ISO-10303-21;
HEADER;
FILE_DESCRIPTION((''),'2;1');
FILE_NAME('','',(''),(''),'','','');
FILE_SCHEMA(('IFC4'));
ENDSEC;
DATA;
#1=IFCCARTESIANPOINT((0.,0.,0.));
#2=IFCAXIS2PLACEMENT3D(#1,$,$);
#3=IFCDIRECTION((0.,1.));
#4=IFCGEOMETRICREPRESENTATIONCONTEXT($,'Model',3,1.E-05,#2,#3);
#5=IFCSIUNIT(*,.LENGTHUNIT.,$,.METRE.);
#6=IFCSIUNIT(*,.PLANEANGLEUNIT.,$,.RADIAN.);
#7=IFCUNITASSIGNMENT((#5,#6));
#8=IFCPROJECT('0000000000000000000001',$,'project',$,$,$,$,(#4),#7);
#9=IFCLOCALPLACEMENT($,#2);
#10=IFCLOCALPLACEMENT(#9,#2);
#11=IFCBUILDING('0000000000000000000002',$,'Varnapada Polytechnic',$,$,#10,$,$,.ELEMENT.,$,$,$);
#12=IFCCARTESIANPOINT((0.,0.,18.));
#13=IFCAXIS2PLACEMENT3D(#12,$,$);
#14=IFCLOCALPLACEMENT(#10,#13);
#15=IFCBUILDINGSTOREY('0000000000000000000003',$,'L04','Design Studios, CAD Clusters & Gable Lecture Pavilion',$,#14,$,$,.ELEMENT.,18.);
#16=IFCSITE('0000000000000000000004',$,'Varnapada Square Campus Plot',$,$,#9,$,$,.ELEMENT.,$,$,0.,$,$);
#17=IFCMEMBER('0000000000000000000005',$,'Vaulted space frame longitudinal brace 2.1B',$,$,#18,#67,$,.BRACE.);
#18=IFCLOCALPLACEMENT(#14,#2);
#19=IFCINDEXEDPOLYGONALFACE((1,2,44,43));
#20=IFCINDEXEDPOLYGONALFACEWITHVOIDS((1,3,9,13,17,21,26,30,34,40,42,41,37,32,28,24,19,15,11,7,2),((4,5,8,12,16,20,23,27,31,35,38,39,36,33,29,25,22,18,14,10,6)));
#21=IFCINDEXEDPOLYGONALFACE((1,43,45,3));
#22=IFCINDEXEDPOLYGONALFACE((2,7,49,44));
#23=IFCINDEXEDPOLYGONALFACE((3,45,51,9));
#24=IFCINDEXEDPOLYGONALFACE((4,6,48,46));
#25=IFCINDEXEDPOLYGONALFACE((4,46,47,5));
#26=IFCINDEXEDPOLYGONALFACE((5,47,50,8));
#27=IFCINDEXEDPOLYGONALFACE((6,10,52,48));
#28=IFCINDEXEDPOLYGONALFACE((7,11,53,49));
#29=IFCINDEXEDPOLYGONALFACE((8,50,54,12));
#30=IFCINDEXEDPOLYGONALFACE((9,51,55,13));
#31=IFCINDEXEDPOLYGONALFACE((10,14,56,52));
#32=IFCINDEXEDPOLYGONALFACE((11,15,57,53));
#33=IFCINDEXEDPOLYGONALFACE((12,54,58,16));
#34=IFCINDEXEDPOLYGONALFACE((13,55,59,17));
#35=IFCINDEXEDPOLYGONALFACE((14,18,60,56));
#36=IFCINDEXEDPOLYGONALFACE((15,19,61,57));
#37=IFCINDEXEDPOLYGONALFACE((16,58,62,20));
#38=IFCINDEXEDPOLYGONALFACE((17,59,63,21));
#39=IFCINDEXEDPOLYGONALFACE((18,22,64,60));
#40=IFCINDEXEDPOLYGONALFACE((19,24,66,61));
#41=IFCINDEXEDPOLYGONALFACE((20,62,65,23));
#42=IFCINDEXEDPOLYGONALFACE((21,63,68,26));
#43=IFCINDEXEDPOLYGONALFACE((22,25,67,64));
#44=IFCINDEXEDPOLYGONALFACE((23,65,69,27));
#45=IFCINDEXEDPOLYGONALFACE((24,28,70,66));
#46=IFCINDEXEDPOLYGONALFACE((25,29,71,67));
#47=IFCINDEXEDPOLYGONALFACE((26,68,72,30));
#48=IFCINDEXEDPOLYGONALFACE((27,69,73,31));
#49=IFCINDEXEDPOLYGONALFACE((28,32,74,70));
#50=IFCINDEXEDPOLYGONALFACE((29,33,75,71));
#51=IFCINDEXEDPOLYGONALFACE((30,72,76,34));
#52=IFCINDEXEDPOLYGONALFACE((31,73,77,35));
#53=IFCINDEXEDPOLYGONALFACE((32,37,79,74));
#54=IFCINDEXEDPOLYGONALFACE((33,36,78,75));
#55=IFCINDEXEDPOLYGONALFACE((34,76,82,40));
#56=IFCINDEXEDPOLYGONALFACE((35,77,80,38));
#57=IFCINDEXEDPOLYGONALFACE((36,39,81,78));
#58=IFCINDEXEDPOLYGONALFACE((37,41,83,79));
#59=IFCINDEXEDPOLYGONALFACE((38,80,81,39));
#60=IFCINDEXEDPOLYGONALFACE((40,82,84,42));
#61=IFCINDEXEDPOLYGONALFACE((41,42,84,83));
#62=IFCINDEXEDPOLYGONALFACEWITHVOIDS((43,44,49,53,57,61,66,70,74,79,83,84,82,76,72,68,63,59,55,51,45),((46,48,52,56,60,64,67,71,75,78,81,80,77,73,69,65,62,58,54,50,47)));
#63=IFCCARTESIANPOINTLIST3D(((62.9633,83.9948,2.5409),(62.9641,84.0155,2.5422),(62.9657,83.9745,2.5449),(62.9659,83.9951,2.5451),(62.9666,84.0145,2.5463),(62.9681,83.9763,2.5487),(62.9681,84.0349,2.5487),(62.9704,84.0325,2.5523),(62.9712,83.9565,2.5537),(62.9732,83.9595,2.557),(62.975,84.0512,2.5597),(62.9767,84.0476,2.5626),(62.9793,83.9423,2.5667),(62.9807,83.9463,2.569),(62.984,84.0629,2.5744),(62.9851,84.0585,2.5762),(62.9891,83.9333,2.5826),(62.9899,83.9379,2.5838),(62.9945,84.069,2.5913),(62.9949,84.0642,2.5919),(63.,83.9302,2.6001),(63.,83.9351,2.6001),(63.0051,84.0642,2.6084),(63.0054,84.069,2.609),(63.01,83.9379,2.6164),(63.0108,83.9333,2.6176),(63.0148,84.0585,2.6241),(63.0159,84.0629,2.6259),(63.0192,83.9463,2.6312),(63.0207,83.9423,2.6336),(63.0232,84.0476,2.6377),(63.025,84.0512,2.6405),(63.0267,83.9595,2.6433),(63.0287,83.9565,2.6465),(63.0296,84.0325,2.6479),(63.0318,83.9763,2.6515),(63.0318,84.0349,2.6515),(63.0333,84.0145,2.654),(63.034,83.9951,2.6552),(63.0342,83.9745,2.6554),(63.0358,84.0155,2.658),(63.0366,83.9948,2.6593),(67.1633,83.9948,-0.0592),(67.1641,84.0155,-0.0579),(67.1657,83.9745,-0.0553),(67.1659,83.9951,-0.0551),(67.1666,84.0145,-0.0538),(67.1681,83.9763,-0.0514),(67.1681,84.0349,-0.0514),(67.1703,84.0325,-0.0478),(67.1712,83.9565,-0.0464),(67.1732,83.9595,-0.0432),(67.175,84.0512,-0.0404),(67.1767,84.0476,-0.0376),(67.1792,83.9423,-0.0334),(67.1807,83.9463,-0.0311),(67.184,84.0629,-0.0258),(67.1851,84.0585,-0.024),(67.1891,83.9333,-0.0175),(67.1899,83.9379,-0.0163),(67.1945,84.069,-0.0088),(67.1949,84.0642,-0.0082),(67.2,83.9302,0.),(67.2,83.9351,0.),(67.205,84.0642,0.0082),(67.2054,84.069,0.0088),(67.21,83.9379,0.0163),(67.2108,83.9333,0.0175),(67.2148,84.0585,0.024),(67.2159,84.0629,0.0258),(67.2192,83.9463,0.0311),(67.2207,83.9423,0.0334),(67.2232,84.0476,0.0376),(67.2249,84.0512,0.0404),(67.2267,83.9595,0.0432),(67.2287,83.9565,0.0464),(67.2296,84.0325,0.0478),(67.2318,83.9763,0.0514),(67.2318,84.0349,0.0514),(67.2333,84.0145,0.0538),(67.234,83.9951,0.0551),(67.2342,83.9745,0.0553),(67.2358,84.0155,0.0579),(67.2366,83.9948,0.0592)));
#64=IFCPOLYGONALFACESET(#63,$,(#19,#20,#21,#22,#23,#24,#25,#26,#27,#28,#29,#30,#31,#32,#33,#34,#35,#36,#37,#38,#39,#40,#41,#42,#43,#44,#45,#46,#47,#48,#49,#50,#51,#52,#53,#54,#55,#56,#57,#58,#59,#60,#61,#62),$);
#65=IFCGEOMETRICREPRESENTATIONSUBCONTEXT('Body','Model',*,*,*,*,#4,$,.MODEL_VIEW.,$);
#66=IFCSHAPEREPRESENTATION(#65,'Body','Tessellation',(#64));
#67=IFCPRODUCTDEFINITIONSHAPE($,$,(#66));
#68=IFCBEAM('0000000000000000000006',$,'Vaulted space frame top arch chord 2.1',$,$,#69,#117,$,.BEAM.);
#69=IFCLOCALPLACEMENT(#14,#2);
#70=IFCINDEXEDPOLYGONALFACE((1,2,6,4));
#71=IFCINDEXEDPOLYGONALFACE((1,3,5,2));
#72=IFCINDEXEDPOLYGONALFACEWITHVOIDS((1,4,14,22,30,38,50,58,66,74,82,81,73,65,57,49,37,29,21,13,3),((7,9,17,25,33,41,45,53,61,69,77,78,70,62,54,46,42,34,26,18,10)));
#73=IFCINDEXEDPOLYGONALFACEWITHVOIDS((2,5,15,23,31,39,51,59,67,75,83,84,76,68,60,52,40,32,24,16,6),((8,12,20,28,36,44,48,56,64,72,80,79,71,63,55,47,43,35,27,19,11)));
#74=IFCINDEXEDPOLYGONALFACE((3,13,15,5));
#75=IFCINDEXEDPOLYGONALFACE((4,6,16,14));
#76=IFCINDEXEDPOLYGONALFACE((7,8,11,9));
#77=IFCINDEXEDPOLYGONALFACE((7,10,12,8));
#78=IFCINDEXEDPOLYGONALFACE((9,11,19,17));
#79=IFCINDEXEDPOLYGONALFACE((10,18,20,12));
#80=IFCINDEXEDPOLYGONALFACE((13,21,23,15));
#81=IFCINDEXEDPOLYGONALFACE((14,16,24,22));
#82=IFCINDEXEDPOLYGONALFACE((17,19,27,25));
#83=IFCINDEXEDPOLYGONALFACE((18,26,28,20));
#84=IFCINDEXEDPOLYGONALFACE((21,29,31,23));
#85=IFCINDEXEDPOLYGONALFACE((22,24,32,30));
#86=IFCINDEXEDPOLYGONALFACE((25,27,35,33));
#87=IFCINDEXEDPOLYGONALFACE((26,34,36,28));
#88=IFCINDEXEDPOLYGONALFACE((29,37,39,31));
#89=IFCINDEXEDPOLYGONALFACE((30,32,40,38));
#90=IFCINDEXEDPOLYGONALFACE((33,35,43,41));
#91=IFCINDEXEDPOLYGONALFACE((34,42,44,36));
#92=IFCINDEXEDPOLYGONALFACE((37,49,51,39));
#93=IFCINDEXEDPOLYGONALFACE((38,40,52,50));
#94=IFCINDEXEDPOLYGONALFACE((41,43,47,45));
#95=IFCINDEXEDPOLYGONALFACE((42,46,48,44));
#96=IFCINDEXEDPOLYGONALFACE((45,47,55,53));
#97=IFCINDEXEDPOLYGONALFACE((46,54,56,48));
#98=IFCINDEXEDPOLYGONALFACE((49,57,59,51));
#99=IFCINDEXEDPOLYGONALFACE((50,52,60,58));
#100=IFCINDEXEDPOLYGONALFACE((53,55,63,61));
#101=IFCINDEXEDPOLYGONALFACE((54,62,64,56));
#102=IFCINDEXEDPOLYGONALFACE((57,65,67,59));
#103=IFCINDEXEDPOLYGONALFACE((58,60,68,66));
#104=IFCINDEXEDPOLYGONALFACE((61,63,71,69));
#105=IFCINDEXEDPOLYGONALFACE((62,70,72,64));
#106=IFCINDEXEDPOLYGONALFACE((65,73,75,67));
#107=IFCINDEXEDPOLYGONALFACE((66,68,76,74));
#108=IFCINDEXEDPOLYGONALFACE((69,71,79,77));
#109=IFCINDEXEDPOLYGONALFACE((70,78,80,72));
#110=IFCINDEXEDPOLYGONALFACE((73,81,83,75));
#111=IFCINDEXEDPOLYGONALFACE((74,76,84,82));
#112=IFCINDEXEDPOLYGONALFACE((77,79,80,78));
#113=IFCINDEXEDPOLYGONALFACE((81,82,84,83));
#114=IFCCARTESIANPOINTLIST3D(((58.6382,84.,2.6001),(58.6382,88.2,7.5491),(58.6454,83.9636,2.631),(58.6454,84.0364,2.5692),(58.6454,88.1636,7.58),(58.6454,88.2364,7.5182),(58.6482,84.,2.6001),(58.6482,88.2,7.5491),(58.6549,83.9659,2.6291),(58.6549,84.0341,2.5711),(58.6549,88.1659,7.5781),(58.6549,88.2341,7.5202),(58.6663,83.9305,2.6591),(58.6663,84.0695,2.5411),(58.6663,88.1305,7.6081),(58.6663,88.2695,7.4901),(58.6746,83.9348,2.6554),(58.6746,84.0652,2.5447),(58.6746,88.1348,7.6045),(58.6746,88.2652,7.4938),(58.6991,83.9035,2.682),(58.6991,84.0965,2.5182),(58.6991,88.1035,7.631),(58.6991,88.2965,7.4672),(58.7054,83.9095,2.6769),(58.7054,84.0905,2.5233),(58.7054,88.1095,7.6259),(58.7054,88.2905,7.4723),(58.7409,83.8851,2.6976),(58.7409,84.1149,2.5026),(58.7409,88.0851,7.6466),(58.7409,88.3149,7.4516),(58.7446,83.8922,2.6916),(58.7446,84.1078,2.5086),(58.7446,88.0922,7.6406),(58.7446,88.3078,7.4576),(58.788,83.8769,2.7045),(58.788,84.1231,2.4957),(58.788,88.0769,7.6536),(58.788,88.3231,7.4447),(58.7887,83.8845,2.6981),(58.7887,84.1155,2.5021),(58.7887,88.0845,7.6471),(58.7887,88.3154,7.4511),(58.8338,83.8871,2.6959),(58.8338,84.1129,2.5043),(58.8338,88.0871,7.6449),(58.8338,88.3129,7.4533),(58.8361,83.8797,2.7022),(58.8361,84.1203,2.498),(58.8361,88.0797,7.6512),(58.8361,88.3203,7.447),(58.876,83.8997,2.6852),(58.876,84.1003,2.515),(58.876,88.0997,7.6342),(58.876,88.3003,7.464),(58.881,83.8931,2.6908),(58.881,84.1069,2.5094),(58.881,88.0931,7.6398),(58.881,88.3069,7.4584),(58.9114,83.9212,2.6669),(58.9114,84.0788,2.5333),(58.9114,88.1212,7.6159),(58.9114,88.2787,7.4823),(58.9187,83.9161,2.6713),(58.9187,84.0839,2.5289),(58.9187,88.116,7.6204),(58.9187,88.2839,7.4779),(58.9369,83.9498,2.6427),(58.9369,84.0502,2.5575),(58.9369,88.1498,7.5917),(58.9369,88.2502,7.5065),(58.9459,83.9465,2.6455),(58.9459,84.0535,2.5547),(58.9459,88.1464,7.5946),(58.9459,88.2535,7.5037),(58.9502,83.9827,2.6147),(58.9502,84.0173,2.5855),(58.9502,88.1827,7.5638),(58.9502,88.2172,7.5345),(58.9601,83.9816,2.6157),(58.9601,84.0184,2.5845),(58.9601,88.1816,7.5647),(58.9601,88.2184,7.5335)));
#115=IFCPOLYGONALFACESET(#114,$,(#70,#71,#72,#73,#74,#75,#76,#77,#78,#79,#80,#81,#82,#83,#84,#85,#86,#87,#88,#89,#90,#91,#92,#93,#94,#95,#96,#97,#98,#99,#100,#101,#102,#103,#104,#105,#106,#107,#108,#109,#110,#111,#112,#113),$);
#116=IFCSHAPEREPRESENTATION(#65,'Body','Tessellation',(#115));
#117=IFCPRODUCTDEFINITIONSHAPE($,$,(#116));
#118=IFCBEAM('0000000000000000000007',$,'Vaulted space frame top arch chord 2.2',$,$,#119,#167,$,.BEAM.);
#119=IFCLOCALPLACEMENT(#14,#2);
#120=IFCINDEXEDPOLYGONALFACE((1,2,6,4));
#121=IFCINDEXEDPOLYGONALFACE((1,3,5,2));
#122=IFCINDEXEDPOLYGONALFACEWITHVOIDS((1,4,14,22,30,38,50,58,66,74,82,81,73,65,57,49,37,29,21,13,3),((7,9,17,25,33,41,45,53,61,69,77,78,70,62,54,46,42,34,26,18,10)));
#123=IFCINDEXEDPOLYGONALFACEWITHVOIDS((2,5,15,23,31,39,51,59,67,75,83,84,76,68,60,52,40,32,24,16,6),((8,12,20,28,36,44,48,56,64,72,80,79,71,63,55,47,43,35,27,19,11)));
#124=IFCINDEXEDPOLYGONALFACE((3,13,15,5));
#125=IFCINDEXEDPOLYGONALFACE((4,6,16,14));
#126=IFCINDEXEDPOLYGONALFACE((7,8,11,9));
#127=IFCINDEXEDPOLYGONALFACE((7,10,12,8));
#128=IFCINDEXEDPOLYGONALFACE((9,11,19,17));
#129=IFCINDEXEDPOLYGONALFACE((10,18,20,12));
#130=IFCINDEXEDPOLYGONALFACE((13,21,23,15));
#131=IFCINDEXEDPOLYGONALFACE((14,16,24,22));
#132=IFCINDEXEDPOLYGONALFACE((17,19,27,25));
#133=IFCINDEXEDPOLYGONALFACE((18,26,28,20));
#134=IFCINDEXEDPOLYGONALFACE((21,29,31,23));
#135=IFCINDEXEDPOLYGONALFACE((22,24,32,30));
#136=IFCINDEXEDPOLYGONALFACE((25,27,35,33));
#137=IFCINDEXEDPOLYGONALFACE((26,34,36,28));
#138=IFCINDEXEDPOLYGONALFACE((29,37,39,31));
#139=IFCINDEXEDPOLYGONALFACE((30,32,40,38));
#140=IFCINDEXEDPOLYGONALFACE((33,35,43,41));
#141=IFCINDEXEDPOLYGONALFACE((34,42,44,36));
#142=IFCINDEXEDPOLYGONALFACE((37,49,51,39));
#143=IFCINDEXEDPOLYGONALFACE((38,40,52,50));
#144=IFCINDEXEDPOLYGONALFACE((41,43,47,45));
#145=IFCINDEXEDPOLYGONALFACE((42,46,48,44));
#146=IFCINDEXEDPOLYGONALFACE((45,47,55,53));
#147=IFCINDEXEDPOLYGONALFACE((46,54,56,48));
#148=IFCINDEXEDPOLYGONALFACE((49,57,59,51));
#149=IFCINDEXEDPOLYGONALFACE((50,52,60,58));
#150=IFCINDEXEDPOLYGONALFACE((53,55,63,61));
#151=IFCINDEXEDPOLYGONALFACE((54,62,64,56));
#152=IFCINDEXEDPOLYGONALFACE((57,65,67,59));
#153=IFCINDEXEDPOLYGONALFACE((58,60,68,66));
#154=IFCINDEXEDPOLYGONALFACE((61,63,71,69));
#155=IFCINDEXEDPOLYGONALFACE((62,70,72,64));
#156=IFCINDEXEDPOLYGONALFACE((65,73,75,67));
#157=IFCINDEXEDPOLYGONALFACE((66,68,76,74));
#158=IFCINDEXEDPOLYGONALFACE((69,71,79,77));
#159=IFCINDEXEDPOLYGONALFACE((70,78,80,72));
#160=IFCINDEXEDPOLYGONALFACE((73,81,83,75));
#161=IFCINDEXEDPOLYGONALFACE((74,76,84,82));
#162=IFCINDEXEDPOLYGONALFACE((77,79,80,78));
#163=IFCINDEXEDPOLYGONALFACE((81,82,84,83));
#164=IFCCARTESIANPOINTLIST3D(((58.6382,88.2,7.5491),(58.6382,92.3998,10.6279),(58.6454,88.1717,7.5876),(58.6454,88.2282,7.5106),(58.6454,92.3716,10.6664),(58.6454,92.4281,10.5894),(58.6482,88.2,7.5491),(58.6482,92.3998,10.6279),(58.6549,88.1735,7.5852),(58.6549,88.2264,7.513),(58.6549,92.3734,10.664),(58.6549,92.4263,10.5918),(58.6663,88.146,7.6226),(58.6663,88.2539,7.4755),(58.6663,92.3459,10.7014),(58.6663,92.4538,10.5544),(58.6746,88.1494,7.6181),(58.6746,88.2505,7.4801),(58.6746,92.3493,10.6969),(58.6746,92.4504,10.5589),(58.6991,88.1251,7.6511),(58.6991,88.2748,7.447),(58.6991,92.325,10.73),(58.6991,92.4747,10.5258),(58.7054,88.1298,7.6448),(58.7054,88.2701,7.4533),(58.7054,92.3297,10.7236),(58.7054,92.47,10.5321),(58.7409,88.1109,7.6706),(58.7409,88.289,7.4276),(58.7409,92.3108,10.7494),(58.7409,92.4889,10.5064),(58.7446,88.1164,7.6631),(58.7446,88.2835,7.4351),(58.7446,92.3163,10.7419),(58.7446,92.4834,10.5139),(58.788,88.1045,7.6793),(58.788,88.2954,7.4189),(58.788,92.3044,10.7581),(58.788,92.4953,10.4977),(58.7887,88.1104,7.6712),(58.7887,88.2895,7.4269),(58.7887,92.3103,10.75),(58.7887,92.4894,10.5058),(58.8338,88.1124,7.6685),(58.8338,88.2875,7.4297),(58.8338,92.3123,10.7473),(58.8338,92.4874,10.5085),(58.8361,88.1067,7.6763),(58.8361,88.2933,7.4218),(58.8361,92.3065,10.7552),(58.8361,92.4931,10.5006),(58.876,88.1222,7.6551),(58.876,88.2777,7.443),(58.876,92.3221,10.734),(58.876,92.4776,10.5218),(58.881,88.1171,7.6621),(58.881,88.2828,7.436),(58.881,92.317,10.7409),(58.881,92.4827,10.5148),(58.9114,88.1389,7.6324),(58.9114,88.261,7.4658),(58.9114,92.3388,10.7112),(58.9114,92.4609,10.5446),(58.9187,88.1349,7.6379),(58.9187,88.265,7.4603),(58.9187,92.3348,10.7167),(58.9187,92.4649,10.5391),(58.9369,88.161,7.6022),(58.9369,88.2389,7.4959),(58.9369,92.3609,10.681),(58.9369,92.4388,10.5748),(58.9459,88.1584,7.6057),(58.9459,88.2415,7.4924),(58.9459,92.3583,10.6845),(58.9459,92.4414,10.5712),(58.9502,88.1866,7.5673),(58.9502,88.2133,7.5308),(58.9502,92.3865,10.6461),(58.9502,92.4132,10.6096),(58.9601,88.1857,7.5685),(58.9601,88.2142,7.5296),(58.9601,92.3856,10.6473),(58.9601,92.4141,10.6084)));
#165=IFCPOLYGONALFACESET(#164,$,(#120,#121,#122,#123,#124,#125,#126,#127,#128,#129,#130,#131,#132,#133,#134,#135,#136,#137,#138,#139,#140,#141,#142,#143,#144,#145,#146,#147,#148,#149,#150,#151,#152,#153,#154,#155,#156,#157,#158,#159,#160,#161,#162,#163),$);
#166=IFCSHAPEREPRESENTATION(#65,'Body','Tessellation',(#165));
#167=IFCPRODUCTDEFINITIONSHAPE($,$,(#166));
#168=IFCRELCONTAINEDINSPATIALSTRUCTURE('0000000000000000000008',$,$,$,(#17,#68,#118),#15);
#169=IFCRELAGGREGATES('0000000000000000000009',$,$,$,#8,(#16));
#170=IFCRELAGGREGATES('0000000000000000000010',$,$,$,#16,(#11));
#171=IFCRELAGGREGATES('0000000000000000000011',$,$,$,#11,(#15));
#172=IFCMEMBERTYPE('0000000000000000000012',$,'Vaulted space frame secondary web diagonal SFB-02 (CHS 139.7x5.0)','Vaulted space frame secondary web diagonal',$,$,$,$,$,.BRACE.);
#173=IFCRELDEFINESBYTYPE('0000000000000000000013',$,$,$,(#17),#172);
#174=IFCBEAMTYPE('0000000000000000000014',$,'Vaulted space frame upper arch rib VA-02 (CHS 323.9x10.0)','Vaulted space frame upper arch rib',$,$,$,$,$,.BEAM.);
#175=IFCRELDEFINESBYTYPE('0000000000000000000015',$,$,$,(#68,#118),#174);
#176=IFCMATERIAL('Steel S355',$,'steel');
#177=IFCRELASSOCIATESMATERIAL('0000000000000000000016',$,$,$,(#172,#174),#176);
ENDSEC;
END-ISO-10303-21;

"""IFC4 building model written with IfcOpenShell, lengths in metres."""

from ifc_helpers import new_model, si_unit, direction, frame, origin, origin_2d, place, context, subcontext, project, spatial, hollow_circle, extrude, material, material_profile, profile_set, type_object, element, save


model = new_model("IFC4")

# Units and contexts
model_context = context("Model", 3, precision=1e-05, world=origin(), true_north=direction((0.0, 1.0)))
body_context = subcontext(model_context, "Body", "Model", "MODEL_VIEW")
ifc_project = project(units=[si_unit("LENGTHUNIT", "METRE"), si_unit("PLANEANGLEUNIT", "RADIAN")], contexts=[model_context])

# Site, building, storey
site_placement = place(None, origin())
site = spatial("IfcSite", under=ifc_project, at=site_placement, Name="Varnapada Square Campus Plot", CompositionType="ELEMENT", RefElevation=0.0)
building_placement = place(site_placement, origin())
building = spatial("IfcBuilding", under=site, at=building_placement, Name="Varnapada Polytechnic", CompositionType="ELEMENT")
storey_placement = place(building_placement, frame((0.0, 0.0, 18.0)))
storey = spatial("IfcBuildingStorey", under=building, at=storey_placement, Name="L04", Description="Design Studios, CAD Clusters & Gable Lecture Pavilion", CompositionType="ELEMENT", Elevation=18.0)

# Shared definitions
ifc_material = material(Name="Steel S355", Category="steel")

# Member
ifc_material_profile_1 = material_profile(ifc_material, hollow_circle(Radius=0.0698, WallThickness=0.0049, at=origin_2d()), Name="CHS 139.7x5.0")
ifc_profile_set_1 = profile_set([ifc_material_profile_1], Name="Steel S355")
member_type_1 = type_object("IfcMemberType", Name="Vaulted space frame secondary web diagonal SFB-02 (CHS 139.7x5.0)", Description="Vaulted space frame secondary web diagonal", PredefinedType="BRACE", material=ifc_profile_set_1)
for number, where, z_axis, x_axis, name in (
    (1, (67.2, 84.0, 0.0), (-0.850254, 0.0, 0.526373), (0.0, -1.0, 0.0), "Vaulted space frame longitudinal brace 2.1B"),
):
    element("IfcMember", number, at=place(storey_placement, frame(where, z_axis=z_axis, x_axis=x_axis)), inside=storey, type_object=member_type_1, Name=name, PredefinedType="BRACE", context=body_context, shape_type="SweptSolid", body=[
        extrude(hollow_circle(Radius=0.0698, WallThickness=0.0049, at=origin_2d()), origin(), (0.0, 0.0, 1.0), 4.9397),
    ])

# Beams
ifc_material_profile_2 = material_profile(ifc_material, hollow_circle(Radius=0.1619, WallThickness=0.01, at=origin_2d()), Name="CHS 323.9x10.0")
ifc_profile_set_2 = profile_set([ifc_material_profile_2], Name="Steel S355")
beam_type_1 = type_object("IfcBeamType", Name="Vaulted space frame upper arch rib VA-02 (CHS 323.9x10.0)", Description="Vaulted space frame upper arch rib", PredefinedType="BEAM", material=ifc_profile_set_2)
beam_1_placement = place(storey_placement, frame((58.8, 84.0, 2.6001), z_axis=(0.0, 0.647051, 0.762447), x_axis=(-1.0, 0.0, 0.0)))
element("IfcBeam", 2, at=beam_1_placement, inside=storey, type_object=beam_type_1, Name="Vaulted space frame top arch chord 2.1", PredefinedType="BEAM", context=body_context, shape_type="SweptSolid", body=[
    extrude(hollow_circle(Radius=0.1619, WallThickness=0.01, at=origin_2d()), origin(), (0.0, 0.0, 1.0), 6.491),
])
beam_2_placement = place(storey_placement, frame((58.8, 88.2, 7.5491), z_axis=(0.0, 0.806506, 0.591225), x_axis=(-1.0, 0.0, 0.0)))
element("IfcBeam", 3, at=beam_2_placement, inside=storey, type_object=beam_type_1, Name="Vaulted space frame top arch chord 2.2", PredefinedType="BEAM", context=body_context, shape_type="SweptSolid", body=[
    extrude(hollow_circle(Radius=0.1619, WallThickness=0.01, at=origin_2d()), origin(), (0.0, 0.0, 1.0), 5.2075),
])

save(model, "model.ifc")
